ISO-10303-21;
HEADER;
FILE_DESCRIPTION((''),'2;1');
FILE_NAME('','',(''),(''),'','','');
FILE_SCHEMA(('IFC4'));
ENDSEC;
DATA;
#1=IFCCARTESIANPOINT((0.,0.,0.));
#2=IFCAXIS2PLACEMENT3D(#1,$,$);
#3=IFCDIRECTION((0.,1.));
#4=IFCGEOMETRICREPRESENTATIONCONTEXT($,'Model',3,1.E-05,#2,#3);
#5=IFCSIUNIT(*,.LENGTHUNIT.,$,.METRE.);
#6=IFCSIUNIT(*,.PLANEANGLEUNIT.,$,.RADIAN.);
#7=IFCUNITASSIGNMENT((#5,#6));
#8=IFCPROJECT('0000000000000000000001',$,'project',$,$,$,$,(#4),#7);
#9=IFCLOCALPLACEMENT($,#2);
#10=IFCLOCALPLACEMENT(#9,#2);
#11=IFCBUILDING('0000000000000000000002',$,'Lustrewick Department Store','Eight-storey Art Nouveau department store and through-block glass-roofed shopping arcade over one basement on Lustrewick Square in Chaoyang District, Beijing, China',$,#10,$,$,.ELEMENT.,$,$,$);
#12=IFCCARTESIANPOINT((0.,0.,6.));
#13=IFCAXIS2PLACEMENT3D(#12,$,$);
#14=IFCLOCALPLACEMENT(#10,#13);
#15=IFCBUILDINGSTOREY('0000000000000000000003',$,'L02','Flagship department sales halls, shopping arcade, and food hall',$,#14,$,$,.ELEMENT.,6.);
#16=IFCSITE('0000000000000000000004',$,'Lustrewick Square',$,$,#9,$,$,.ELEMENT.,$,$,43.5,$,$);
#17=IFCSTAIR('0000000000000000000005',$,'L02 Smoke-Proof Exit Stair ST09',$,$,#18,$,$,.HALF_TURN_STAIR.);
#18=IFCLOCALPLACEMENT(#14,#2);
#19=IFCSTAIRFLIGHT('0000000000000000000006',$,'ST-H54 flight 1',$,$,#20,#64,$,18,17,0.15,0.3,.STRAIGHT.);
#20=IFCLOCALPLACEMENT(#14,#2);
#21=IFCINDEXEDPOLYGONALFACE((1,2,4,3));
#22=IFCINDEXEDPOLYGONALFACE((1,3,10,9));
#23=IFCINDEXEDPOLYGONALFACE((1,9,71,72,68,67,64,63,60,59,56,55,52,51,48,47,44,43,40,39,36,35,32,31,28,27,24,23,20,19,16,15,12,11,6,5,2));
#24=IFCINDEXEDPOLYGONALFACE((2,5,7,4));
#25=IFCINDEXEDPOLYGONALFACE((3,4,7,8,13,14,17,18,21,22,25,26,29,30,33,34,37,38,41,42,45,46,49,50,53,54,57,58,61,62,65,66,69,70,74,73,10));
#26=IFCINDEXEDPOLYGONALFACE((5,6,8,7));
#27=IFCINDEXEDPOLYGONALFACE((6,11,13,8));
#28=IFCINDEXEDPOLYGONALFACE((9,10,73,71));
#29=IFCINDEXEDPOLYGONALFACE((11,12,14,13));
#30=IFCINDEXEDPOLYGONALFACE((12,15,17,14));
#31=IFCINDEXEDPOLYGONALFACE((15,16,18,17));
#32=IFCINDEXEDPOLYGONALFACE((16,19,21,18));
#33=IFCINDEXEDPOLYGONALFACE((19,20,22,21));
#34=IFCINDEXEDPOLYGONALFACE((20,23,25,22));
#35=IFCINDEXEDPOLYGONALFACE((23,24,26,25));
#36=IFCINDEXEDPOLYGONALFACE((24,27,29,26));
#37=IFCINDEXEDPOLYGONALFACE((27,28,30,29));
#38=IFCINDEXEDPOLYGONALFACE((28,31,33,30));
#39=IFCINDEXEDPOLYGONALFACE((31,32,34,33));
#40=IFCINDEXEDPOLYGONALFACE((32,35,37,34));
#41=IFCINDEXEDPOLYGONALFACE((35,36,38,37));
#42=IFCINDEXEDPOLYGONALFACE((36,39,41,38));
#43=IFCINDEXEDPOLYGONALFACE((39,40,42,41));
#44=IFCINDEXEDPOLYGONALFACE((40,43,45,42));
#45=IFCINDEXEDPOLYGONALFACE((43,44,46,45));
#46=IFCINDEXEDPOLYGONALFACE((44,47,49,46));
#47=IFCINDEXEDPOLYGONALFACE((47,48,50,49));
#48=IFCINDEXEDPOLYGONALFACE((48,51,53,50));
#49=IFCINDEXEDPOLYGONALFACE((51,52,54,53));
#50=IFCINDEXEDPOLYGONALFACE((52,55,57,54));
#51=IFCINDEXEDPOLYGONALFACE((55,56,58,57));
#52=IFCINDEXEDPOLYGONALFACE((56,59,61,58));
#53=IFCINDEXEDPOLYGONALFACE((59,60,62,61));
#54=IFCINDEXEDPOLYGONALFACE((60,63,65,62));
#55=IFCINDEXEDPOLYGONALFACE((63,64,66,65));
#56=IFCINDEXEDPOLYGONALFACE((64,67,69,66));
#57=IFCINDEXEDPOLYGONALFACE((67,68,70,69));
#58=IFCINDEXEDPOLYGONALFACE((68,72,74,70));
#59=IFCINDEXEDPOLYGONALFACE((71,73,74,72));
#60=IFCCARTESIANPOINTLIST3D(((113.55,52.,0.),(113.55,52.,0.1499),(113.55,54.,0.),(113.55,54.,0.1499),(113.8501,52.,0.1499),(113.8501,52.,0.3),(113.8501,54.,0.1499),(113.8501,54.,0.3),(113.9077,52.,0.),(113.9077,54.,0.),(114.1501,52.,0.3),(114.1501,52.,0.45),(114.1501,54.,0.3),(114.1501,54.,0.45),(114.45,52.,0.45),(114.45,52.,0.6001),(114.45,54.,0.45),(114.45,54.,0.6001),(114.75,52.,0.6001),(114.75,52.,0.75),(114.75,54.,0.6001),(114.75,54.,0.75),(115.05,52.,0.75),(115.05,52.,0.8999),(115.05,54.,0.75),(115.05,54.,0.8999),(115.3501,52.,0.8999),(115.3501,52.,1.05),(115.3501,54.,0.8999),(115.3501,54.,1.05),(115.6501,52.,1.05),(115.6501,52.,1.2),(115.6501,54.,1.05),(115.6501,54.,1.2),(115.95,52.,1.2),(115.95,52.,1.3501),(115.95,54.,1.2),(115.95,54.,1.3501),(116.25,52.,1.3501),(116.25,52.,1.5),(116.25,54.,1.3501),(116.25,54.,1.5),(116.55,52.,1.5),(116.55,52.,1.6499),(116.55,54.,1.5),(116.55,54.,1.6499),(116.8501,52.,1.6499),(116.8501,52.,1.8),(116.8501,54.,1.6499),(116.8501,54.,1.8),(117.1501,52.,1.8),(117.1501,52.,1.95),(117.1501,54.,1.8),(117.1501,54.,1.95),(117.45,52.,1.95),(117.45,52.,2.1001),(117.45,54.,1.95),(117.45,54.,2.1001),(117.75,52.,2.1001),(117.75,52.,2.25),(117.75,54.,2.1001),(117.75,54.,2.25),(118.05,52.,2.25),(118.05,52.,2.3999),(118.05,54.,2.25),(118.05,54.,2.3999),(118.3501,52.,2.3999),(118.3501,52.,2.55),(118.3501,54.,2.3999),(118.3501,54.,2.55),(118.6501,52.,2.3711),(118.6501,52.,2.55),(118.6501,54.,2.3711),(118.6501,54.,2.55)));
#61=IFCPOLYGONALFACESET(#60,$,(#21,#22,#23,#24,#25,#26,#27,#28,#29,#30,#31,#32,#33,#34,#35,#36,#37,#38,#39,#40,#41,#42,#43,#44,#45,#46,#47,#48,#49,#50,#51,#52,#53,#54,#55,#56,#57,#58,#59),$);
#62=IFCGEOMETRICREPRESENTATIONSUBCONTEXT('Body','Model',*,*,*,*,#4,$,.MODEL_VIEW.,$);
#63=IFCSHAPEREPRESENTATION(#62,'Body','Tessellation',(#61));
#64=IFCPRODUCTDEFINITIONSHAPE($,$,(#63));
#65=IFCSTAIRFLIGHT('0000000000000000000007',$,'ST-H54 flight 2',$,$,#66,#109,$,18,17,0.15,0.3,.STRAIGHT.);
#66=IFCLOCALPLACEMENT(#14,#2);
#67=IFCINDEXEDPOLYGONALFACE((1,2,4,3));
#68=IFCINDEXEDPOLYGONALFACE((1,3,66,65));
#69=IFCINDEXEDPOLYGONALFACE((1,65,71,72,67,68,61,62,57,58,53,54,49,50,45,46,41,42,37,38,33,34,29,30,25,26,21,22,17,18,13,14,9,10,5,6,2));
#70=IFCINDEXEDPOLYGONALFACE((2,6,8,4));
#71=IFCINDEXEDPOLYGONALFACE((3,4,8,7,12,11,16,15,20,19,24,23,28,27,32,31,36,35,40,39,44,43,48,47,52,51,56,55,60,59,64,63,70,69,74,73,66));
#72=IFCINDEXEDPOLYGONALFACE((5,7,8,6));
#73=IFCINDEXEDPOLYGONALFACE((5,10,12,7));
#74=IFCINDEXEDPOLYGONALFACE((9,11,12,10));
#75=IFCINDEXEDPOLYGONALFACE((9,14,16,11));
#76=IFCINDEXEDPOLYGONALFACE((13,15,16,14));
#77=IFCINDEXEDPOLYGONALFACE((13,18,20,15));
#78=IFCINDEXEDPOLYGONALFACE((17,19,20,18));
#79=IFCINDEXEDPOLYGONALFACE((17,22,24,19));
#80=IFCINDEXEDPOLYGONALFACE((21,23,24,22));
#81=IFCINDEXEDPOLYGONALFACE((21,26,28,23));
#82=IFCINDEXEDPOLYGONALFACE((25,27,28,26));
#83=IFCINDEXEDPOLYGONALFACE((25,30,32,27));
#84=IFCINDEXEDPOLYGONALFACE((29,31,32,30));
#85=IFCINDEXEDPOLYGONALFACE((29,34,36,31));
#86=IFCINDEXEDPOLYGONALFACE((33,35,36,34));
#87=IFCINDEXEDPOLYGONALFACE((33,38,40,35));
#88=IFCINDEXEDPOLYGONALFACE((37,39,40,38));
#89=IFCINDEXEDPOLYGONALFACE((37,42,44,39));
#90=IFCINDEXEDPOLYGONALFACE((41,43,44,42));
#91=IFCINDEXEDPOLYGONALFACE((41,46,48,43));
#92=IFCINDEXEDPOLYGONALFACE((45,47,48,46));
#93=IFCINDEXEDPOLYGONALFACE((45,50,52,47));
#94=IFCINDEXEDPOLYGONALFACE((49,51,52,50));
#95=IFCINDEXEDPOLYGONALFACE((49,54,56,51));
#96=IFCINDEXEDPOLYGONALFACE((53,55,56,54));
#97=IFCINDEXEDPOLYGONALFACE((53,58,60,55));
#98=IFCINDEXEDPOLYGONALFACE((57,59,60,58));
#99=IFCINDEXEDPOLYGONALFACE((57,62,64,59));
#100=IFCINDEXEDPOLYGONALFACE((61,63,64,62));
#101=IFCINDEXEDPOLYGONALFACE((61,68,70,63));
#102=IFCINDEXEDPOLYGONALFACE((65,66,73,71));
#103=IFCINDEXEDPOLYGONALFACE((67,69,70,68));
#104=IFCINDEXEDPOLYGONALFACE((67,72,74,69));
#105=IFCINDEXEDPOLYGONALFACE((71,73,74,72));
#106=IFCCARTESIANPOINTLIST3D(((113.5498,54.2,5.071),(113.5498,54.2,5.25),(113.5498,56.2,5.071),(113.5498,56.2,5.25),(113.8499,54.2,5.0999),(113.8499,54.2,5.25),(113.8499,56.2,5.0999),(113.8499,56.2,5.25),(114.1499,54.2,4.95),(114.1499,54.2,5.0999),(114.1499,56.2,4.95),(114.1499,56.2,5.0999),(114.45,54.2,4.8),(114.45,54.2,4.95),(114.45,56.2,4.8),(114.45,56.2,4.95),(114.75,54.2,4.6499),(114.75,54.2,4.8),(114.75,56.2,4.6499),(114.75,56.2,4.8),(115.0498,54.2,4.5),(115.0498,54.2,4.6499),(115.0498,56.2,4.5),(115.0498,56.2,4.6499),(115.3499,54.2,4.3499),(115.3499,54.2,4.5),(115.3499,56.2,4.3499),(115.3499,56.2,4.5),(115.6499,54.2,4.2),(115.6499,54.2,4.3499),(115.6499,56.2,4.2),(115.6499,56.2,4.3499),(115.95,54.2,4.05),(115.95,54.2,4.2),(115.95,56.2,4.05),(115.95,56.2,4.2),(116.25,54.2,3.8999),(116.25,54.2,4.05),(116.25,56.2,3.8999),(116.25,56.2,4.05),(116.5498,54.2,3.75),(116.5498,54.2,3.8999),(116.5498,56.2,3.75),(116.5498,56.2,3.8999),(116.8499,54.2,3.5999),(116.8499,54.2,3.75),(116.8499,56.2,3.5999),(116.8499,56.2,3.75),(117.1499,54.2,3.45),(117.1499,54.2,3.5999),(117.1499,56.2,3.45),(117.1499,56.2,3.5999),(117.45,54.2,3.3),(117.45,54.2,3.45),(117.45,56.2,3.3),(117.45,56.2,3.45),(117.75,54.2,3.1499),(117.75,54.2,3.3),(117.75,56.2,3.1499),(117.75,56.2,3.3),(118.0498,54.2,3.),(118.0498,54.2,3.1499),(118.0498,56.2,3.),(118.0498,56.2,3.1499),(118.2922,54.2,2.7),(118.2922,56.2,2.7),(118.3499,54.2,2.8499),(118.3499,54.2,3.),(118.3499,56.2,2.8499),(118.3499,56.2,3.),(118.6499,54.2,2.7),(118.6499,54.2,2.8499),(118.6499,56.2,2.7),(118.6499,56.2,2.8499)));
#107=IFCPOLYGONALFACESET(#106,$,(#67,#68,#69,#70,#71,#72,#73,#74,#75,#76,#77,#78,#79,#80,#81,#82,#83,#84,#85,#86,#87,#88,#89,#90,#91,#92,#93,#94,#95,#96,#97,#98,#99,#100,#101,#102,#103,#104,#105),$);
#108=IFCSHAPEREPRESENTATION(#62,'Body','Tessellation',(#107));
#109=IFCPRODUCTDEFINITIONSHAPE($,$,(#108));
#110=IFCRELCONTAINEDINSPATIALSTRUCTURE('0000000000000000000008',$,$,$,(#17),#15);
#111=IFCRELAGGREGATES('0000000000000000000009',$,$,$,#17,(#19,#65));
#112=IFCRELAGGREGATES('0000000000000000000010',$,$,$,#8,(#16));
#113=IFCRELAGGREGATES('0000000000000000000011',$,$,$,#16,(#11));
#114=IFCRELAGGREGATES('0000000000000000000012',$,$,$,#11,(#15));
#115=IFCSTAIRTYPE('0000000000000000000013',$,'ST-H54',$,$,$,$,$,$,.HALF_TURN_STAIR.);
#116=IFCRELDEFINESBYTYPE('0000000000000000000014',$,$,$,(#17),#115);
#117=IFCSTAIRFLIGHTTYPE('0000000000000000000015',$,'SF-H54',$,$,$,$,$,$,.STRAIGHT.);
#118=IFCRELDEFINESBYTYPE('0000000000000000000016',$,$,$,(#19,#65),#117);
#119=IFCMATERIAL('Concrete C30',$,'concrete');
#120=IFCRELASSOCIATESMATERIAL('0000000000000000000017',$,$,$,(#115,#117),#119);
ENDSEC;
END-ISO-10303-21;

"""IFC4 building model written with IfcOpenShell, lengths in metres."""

from ifc_helpers import new_model, si_unit, direction, frame, origin, place, context, subcontext, project, spatial, polyline, outline, extrude, material, type_object, element, aggregate, save


model = new_model("IFC4")

# Units and contexts
model_context = context("Model", 3, precision=1e-05, world=origin(), true_north=direction((0.0, 1.0)))
body_context = subcontext(model_context, "Body", "Model", "MODEL_VIEW")
ifc_project = project(units=[si_unit("LENGTHUNIT", "METRE"), si_unit("PLANEANGLEUNIT", "RADIAN")], contexts=[model_context])

# Site, building, storey
site_placement = place(None, origin())
site = spatial("IfcSite", under=ifc_project, at=site_placement, Name="Lustrewick Square", CompositionType="ELEMENT", RefElevation=43.5)
building_placement = place(site_placement, origin())
building = spatial("IfcBuilding", under=site, at=building_placement, Name="Lustrewick Department Store", Description="Eight-storey Art Nouveau department store and through-block glass-roofed shopping arcade over one basement on Lustrewick Square in Chaoyang District, Beijing, China", CompositionType="ELEMENT")
storey_placement = place(building_placement, frame((0.0, 0.0, 6.0)))
storey = spatial("IfcBuildingStorey", under=building, at=storey_placement, Name="L02", Description="Flagship department sales halls, shopping arcade, and food hall", CompositionType="ELEMENT", Elevation=6.0)

# Stair, stair flights
ifc_material_1 = material(Name="Concrete C30", Category="concrete")
stair_type = type_object("IfcStairType", Name="ST-H54", PredefinedType="HALF_TURN_STAIR", material=ifc_material_1)
stair_placement = place(storey_placement, origin())
stair = element("IfcStair", 1, at=stair_placement, inside=storey, type_object=stair_type, Name="L02 Smoke-Proof Exit Stair ST09", PredefinedType="HALF_TURN_STAIR")
stair_flight_type = type_object("IfcStairFlightType", Name="SF-H54", PredefinedType="STRAIGHT", material=ifc_material_1)
stair_flight_1_placement = place(storey_placement, frame((113.55, 53.0, 0.0), z_axis=(0.0, 0.0, 1.0), x_axis=(1.0, 0.0, 0.0)))
stair_flight_1 = element("IfcStairFlight", 2, at=stair_flight_1_placement, type_object=stair_flight_type, Name="ST-H54 flight 1", NumberOfRisers=18, NumberOfTreads=17, PredefinedType="STRAIGHT", RiserHeight=0.15, TreadLength=0.3, context=body_context, shape_type="SweptSolid", body=[
    extrude(outline(polyline([(0.0, 0.0), (0.0, 0.1499), (0.3, 0.1499), (0.3, 0.3), (0.6001, 0.3), (0.6001, 0.45), (0.8999, 0.45), (0.8999, 0.6001), (1.2, 0.6001), (1.2, 0.75), (1.5, 0.75), (1.5, 0.8999), (1.8, 0.8999), (1.8, 1.05), (2.1001, 1.05), (2.1001, 1.2), (2.3999, 1.2), (2.3999, 1.3501), (2.7, 1.3501), (2.7, 1.5), (3.0, 1.5), (3.0, 1.6499), (3.3, 1.6499), (3.3, 1.8), (3.6001, 1.8), (3.6001, 1.95), (3.8999, 1.95), (3.8999, 2.1001), (4.2, 2.1001), (4.2, 2.25), (4.5, 2.25), (4.5, 2.3999), (4.8, 2.3999), (4.8, 2.55), (5.1001, 2.55), (5.1001, 2.7), (5.1001, 2.3711), (0.3577, 0.0), (0.0, 0.0)])), frame((0.0, 1.0, 0.0), z_axis=(0.0, -1.0, 0.0), x_axis=(1.0, 0.0, 0.0)), (0.0, 0.0, 1.0), 2.0),
])
stair_flight_2_placement = place(storey_placement, frame((118.6499, 55.2, 2.7), z_axis=(0.0, 0.0, 1.0), x_axis=(-1.0, 0.0, 0.0)))
stair_flight_2 = element("IfcStairFlight", 3, at=stair_flight_2_placement, type_object=stair_flight_type, Name="ST-H54 flight 2", NumberOfRisers=18, NumberOfTreads=17, PredefinedType="STRAIGHT", RiserHeight=0.15, TreadLength=0.3, context=body_context, shape_type="SweptSolid", body=[
    extrude(outline(polyline([(0.0, 0.0), (0.0, 0.1499), (0.3, 0.1499), (0.3, 0.3), (0.6001, 0.3), (0.6001, 0.45), (0.8999, 0.45), (0.8999, 0.6001), (1.2, 0.6001), (1.2, 0.75), (1.5, 0.75), (1.5, 0.8999), (1.8, 0.8999), (1.8, 1.05), (2.1001, 1.05), (2.1001, 1.2), (2.3999, 1.2), (2.3999, 1.3501), (2.7, 1.3501), (2.7, 1.5), (3.0, 1.5), (3.0, 1.6499), (3.3, 1.6499), (3.3, 1.8), (3.6001, 1.8), (3.6001, 1.95), (3.8999, 1.95), (3.8999, 2.1001), (4.2, 2.1001), (4.2, 2.25), (4.5, 2.25), (4.5, 2.3999), (4.8, 2.3999), (4.8, 2.55), (5.1001, 2.55), (5.1001, 2.7), (5.1001, 2.3711), (0.3577, 0.0), (0.0, 0.0)])), frame((0.0, 1.0, 0.0), z_axis=(0.0, -1.0, 0.0), x_axis=(1.0, 0.0, 0.0)), (0.0, 0.0, 1.0), 2.0),
])
aggregate(stair, [stair_flight_1, stair_flight_2])

save(model, "model.ifc")
